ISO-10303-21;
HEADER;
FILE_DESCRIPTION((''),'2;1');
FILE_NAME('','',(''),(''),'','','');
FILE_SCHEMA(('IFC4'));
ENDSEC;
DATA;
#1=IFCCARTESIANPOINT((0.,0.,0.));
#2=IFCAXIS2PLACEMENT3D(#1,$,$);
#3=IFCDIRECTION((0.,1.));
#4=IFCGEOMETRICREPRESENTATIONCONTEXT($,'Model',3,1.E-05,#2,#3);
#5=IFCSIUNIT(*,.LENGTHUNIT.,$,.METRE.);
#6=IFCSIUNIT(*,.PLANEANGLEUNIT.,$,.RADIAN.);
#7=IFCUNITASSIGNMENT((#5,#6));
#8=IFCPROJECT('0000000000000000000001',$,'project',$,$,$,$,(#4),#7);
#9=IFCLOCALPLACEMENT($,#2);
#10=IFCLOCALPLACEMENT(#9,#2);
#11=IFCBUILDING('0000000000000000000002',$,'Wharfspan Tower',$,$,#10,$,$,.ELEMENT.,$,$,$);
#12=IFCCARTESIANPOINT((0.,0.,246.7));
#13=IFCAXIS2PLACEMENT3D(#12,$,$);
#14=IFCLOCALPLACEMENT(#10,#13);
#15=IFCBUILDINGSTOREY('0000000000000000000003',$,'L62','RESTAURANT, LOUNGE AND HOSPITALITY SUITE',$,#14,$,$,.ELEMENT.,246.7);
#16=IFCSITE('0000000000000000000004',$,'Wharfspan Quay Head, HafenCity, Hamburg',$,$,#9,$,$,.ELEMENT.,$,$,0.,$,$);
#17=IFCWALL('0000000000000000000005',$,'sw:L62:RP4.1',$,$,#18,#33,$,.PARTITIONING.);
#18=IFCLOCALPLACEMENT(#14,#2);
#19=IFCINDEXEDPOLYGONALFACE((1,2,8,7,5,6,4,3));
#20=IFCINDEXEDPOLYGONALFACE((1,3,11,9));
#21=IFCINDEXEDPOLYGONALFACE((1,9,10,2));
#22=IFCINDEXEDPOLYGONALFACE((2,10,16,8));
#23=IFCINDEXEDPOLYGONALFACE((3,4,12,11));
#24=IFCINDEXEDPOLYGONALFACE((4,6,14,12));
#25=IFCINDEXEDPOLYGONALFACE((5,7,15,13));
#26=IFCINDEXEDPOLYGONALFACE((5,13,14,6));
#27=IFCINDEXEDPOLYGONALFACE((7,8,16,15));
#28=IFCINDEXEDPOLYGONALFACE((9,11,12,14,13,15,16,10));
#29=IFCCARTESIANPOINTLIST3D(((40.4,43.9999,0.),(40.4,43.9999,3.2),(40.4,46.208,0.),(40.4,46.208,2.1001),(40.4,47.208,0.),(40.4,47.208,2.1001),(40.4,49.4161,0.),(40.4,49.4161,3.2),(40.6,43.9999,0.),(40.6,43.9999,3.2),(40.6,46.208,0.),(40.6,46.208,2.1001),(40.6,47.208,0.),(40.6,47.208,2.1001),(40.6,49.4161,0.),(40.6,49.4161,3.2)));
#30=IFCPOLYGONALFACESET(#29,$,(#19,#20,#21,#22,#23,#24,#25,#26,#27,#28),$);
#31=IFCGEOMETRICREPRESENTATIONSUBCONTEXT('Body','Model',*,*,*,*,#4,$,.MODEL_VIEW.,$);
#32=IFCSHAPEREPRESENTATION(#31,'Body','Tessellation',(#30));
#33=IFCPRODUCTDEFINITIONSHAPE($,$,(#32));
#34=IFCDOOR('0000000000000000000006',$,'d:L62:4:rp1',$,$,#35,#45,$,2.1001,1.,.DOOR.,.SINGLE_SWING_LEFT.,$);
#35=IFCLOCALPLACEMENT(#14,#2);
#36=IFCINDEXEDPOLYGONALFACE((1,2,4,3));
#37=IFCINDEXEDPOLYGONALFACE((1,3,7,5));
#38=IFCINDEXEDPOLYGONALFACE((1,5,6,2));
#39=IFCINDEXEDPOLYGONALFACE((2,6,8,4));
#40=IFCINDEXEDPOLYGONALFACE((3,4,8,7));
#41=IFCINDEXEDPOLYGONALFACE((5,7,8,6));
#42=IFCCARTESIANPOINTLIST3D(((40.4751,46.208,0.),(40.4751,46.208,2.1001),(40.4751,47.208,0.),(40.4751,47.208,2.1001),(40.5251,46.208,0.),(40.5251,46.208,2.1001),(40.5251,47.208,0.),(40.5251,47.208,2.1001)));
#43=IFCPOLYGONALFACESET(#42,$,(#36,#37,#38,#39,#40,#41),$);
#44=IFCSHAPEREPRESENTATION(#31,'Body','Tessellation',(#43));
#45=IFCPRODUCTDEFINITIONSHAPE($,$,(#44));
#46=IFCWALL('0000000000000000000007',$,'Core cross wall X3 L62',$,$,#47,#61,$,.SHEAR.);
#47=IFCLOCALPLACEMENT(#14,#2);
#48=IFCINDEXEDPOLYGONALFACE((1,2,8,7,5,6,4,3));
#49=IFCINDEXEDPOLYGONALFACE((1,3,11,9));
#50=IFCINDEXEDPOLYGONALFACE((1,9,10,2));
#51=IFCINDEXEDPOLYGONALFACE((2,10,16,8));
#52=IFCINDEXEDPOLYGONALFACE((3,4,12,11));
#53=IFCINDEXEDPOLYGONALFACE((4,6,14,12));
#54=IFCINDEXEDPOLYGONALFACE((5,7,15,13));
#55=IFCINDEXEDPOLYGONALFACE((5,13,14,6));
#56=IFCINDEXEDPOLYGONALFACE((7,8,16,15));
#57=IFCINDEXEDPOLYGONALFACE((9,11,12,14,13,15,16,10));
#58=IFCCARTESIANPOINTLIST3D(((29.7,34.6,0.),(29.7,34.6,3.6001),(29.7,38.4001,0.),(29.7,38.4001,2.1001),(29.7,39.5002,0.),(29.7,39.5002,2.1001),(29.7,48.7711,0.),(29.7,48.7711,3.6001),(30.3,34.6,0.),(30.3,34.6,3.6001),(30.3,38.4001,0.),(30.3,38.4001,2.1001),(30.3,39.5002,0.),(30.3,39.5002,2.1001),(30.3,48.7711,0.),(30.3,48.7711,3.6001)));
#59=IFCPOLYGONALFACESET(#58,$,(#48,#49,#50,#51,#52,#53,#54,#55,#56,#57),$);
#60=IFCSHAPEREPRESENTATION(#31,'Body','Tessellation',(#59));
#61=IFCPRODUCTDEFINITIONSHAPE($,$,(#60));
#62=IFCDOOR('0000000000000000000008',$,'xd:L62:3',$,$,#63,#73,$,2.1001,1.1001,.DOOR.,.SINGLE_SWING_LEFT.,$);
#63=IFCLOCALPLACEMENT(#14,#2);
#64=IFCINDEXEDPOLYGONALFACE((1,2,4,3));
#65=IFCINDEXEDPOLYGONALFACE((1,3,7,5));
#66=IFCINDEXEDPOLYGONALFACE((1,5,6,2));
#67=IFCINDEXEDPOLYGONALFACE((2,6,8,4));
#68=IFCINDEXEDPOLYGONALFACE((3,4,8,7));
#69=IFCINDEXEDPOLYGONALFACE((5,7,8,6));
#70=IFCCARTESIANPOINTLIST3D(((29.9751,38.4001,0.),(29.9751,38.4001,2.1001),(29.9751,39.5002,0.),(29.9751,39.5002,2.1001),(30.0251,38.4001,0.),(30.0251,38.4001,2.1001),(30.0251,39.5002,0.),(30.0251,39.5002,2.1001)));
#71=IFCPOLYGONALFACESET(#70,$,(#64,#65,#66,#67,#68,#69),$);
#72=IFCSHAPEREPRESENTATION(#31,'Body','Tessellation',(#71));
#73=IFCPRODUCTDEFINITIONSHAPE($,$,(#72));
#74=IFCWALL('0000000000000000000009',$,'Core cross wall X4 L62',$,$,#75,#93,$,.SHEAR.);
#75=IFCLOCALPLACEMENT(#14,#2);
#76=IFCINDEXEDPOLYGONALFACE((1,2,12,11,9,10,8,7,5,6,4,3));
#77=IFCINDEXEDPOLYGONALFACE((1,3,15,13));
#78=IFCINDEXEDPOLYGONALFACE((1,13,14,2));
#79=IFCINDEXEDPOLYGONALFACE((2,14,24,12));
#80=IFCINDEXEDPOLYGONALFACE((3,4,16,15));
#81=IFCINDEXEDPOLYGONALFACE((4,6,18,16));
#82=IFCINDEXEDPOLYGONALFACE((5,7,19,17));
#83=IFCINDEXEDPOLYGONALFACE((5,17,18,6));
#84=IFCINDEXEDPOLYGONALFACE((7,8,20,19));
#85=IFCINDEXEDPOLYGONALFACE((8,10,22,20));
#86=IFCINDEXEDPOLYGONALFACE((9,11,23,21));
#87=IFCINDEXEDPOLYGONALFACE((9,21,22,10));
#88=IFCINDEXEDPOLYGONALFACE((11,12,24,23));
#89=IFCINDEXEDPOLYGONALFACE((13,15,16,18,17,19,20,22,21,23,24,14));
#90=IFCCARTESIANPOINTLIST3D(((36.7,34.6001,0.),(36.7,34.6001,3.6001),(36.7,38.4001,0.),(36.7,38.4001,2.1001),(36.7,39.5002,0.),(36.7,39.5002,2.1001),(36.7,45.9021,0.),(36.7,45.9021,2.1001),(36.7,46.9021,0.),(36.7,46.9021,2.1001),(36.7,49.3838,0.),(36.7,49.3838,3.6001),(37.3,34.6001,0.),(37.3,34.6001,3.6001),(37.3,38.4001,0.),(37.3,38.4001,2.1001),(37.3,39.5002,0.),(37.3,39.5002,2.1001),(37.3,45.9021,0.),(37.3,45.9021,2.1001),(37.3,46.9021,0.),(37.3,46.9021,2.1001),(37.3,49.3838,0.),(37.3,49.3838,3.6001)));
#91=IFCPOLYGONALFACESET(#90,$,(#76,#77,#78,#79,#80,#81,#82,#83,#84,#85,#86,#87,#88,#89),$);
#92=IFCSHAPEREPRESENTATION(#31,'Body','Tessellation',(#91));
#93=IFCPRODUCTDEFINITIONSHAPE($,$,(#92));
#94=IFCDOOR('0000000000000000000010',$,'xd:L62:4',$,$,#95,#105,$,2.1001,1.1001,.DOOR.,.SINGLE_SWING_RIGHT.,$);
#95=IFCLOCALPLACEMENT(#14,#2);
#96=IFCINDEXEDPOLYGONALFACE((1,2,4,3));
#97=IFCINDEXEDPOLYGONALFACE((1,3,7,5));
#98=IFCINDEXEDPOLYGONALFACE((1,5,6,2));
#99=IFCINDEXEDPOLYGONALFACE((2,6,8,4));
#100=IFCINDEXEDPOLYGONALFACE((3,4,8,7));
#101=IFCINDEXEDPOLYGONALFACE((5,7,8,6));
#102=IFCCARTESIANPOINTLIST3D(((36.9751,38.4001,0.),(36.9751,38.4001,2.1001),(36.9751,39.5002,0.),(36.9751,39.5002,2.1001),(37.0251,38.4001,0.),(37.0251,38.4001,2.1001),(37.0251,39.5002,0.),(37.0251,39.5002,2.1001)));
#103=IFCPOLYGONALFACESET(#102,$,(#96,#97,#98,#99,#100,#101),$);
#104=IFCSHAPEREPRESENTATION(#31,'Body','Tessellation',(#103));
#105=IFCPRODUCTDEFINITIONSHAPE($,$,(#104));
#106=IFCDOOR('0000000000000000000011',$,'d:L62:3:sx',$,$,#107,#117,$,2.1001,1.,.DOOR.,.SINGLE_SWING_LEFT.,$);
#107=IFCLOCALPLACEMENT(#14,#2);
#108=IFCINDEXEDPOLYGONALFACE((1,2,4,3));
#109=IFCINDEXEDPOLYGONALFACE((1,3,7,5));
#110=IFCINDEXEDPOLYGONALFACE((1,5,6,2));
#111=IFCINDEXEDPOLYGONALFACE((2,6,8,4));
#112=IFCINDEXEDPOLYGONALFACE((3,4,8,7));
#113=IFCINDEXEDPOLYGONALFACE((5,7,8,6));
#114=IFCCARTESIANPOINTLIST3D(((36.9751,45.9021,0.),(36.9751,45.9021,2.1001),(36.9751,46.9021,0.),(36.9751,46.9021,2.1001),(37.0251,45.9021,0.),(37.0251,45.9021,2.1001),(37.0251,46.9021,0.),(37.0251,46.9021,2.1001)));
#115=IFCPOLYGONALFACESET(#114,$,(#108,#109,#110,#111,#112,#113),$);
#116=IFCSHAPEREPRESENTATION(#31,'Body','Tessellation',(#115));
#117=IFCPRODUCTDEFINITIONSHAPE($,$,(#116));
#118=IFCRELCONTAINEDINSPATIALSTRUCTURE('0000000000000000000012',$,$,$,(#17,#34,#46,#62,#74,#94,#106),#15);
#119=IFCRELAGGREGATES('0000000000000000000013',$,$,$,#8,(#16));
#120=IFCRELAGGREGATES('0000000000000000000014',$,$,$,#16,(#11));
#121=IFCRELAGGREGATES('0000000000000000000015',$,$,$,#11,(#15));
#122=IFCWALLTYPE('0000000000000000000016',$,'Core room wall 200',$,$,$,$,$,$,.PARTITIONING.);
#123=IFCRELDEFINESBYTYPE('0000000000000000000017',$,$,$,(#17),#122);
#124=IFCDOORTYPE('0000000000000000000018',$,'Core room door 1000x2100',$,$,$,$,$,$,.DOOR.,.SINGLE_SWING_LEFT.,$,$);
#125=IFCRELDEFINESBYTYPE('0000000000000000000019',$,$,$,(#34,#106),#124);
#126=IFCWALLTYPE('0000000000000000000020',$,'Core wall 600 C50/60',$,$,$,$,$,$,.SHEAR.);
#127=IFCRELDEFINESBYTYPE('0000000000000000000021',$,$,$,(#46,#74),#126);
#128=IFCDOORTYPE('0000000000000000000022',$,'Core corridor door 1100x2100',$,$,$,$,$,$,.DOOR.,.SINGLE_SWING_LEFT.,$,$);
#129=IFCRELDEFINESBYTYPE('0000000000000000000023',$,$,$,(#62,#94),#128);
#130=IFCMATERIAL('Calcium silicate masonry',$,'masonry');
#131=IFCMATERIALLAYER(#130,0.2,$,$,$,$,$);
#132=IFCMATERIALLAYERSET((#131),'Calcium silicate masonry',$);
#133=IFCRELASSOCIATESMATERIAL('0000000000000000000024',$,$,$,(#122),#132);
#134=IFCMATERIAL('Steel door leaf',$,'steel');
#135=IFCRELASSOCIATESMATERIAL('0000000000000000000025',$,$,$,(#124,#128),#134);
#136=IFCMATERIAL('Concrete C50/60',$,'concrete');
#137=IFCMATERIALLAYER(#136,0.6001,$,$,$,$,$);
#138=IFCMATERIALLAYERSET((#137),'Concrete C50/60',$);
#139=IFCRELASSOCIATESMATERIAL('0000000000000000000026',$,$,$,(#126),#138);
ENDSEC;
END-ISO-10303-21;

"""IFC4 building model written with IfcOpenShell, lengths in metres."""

from ifc_helpers import new_model, si_unit, direction, frame, frame_2d, origin, place, context, subcontext, project, spatial, rectangle, extrude, material, layer, layer_set, type_object, element, fill, save


model = new_model("IFC4")

# Units and contexts
model_context = context("Model", 3, precision=1e-05, world=origin(), true_north=direction((0.0, 1.0)))
body_context = subcontext(model_context, "Body", "Model", "MODEL_VIEW")
ifc_project = project(units=[si_unit("LENGTHUNIT", "METRE"), si_unit("PLANEANGLEUNIT", "RADIAN")], contexts=[model_context])

# Site, building, storey
site_placement = place(None, origin())
site = spatial("IfcSite", under=ifc_project, at=site_placement, Name="Wharfspan Quay Head, HafenCity, Hamburg", CompositionType="ELEMENT", RefElevation=0.0)
building_placement = place(site_placement, origin())
building = spatial("IfcBuilding", under=site, at=building_placement, Name="Wharfspan Tower", CompositionType="ELEMENT")
storey_placement = place(building_placement, frame((0.0, 0.0, 246.7)))
storey = spatial("IfcBuildingStorey", under=building, at=storey_placement, Name="L62", Description="RESTAURANT, LOUNGE AND HOSPITALITY SUITE", CompositionType="ELEMENT", Elevation=246.7)

# Walls, openings, doors
ifc_material_1 = material(Name="Calcium silicate masonry", Category="masonry")
ifc_layer_1 = layer(ifc_material_1, 0.2)
ifc_layer_set_1 = layer_set([ifc_layer_1], Name="Calcium silicate masonry")
wall_type_1 = type_object("IfcWallType", Name="Core room wall 200", PredefinedType="PARTITIONING", material=ifc_layer_set_1)
ifc_material_2 = material(Name="Steel door leaf", Category="steel")
door_type_1 = type_object("IfcDoorType", Name="Core room door 1000x2100", OperationType="SINGLE_SWING_LEFT", PredefinedType="DOOR", material=ifc_material_2)
wall_1_placement = place(storey_placement, frame((40.5, 44.0, 0.0), z_axis=(0.0, 0.0, 1.0), x_axis=(0.0, 1.0, 0.0)))
wall_1 = element("IfcWall", 1, at=wall_1_placement, inside=storey, type_object=wall_type_1, Name="sw:L62:RP4.1", PredefinedType="PARTITIONING", context=body_context, shape_type="SweptSolid", body=[
    extrude(rectangle(XDim=5.4163, YDim=0.2, at=frame_2d((2.708, 0.0))), origin(), (0.0, 0.0, 1.0), 3.2),
])
opening_1_placement = place(wall_1_placement, frame((2.208, 0.0, 0.0)))
opening_1 = element("IfcOpeningElement", 2, at=opening_1_placement, cuts=wall_1, PredefinedType="OPENING", context=body_context, shape_type="SweptSolid", body=[
    extrude(rectangle(XDim=1.0, YDim=2.1001, at=frame_2d((0.5, 1.05))), frame((0.0, 0.1099, 0.0), z_axis=(0.0, -1.0, 0.0), x_axis=(1.0, 0.0, 0.0)), (0.0, 0.0, 1.0), 0.22),
])
door_1_placement = place(opening_1_placement, origin())
door_1 = element("IfcDoor", 3, at=door_1_placement, inside=storey, type_object=door_type_1, Name="d:L62:4:rp1", OperationType="SINGLE_SWING_LEFT", OverallHeight=2.1001, OverallWidth=1.0, PredefinedType="DOOR", context=body_context, shape_type="SweptSolid", body=[
    extrude(rectangle(XDim=1.0, YDim=2.1001, at=frame_2d((0.5, 1.05))), frame((0.0, 0.0249, 0.0), z_axis=(0.0, -1.0, 0.0), x_axis=(1.0, 0.0, 0.0)), (0.0, 0.0, 1.0), 0.05),
])
fill(opening_1, door_1)
ifc_material_3 = material(Name="Concrete C50/60", Category="concrete")
ifc_layer_2 = layer(ifc_material_3, 0.6001)
ifc_layer_set_2 = layer_set([ifc_layer_2], Name="Concrete C50/60")
wall_type_2 = type_object("IfcWallType", Name="Core wall 600 C50/60", PredefinedType="SHEAR", material=ifc_layer_set_2)
wall_2_placement = place(storey_placement, frame((30.0, 34.6001, 0.0), z_axis=(0.0, 0.0, 1.0), x_axis=(0.0, 1.0, 0.0)))
wall_2 = element("IfcWall", 4, at=wall_2_placement, inside=storey, type_object=wall_type_2, Name="Core cross wall X3 L62", PredefinedType="SHEAR", context=body_context, shape_type="SweptSolid", body=[
    extrude(rectangle(XDim=14.1711, YDim=0.6001, at=frame_2d((7.0854, 0.0))), origin(), (0.0, 0.0, 1.0), 3.6001),
])
opening_2_placement = place(wall_2_placement, frame((3.8, 0.0, 0.0)))
opening_2 = element("IfcOpeningElement", 5, at=opening_2_placement, cuts=wall_2, PredefinedType="OPENING", context=body_context, shape_type="SweptSolid", body=[
    extrude(rectangle(XDim=1.1001, YDim=2.1001, at=frame_2d((0.55, 1.05))), frame((0.0, 0.3101, 0.0), z_axis=(0.0, -1.0, 0.0), x_axis=(1.0, 0.0, 0.0)), (0.0, 0.0, 1.0), 0.6201),
])
door_type_2 = type_object("IfcDoorType", Name="Core corridor door 1100x2100", OperationType="SINGLE_SWING_LEFT", PredefinedType="DOOR", material=ifc_material_2)
door_2_placement = place(opening_2_placement, origin())
door_2 = element("IfcDoor", 6, at=door_2_placement, inside=storey, type_object=door_type_2, Name="xd:L62:3", OperationType="SINGLE_SWING_LEFT", OverallHeight=2.1001, OverallWidth=1.1001, PredefinedType="DOOR", context=body_context, shape_type="SweptSolid", body=[
    extrude(rectangle(XDim=1.1001, YDim=2.1001, at=frame_2d((0.55, 1.05))), frame((0.0, 0.0249, 0.0), z_axis=(0.0, -1.0, 0.0), x_axis=(1.0, 0.0, 0.0)), (0.0, 0.0, 1.0), 0.05),
])
fill(opening_2, door_2)

# Wall, openings, doors
wall_3_placement = place(storey_placement, frame((37.0, 34.6001, 0.0), z_axis=(0.0, 0.0, 1.0), x_axis=(0.0, 1.0, 0.0)))
wall_3 = element("IfcWall", 7, at=wall_3_placement, inside=storey, type_object=wall_type_2, Name="Core cross wall X4 L62", PredefinedType="SHEAR", context=body_context, shape_type="SweptSolid", body=[
    extrude(rectangle(XDim=14.7837, YDim=0.6001, at=frame_2d((7.3918, 0.0))), origin(), (0.0, 0.0, 1.0), 3.6001),
])
opening_3_placement = place(wall_3_placement, frame((11.302, 0.0, 0.0)))
opening_3 = element("IfcOpeningElement", 8, at=opening_3_placement, cuts=wall_3, PredefinedType="OPENING", context=body_context, shape_type="SweptSolid", body=[
    extrude(rectangle(XDim=1.0, YDim=2.1001, at=frame_2d((0.5, 1.05))), frame((0.0, 0.3101, 0.0), z_axis=(0.0, -1.0, 0.0), x_axis=(1.0, 0.0, 0.0)), (0.0, 0.0, 1.0), 0.6201),
])
opening_4_placement = place(wall_3_placement, frame((3.8, 0.0, 0.0)))
opening_4 = element("IfcOpeningElement", 9, at=opening_4_placement, cuts=wall_3, PredefinedType="OPENING", context=body_context, shape_type="SweptSolid", body=[
    extrude(rectangle(XDim=1.1001, YDim=2.1001, at=frame_2d((0.55, 1.05))), frame((0.0, 0.3101, 0.0), z_axis=(0.0, -1.0, 0.0), x_axis=(1.0, 0.0, 0.0)), (0.0, 0.0, 1.0), 0.6201),
])
door_3_placement = place(opening_4_placement, origin())
door_3 = element("IfcDoor", 10, at=door_3_placement, inside=storey, type_object=door_type_2, Name="xd:L62:4", OperationType="SINGLE_SWING_RIGHT", OverallHeight=2.1001, OverallWidth=1.1001, PredefinedType="DOOR", context=body_context, shape_type="SweptSolid", body=[
    extrude(rectangle(XDim=1.1001, YDim=2.1001, at=frame_2d((0.55, 1.05))), frame((0.0, 0.0249, 0.0), z_axis=(0.0, -1.0, 0.0), x_axis=(1.0, 0.0, 0.0)), (0.0, 0.0, 1.0), 0.05),
])
fill(opening_4, door_3)
door_4_placement = place(opening_3_placement, origin())
door_4 = element("IfcDoor", 11, at=door_4_placement, inside=storey, type_object=door_type_1, Name="d:L62:3:sx", OperationType="SINGLE_SWING_LEFT", OverallHeight=2.1001, OverallWidth=1.0, PredefinedType="DOOR", context=body_context, shape_type="SweptSolid", body=[
    extrude(rectangle(XDim=1.0, YDim=2.1001, at=frame_2d((0.5, 1.05))), frame((0.0, 0.0249, 0.0), z_axis=(0.0, -1.0, 0.0), x_axis=(1.0, 0.0, 0.0)), (0.0, 0.0, 1.0), 0.05),
])
fill(opening_3, door_4)

save(model, "model.ifc")
